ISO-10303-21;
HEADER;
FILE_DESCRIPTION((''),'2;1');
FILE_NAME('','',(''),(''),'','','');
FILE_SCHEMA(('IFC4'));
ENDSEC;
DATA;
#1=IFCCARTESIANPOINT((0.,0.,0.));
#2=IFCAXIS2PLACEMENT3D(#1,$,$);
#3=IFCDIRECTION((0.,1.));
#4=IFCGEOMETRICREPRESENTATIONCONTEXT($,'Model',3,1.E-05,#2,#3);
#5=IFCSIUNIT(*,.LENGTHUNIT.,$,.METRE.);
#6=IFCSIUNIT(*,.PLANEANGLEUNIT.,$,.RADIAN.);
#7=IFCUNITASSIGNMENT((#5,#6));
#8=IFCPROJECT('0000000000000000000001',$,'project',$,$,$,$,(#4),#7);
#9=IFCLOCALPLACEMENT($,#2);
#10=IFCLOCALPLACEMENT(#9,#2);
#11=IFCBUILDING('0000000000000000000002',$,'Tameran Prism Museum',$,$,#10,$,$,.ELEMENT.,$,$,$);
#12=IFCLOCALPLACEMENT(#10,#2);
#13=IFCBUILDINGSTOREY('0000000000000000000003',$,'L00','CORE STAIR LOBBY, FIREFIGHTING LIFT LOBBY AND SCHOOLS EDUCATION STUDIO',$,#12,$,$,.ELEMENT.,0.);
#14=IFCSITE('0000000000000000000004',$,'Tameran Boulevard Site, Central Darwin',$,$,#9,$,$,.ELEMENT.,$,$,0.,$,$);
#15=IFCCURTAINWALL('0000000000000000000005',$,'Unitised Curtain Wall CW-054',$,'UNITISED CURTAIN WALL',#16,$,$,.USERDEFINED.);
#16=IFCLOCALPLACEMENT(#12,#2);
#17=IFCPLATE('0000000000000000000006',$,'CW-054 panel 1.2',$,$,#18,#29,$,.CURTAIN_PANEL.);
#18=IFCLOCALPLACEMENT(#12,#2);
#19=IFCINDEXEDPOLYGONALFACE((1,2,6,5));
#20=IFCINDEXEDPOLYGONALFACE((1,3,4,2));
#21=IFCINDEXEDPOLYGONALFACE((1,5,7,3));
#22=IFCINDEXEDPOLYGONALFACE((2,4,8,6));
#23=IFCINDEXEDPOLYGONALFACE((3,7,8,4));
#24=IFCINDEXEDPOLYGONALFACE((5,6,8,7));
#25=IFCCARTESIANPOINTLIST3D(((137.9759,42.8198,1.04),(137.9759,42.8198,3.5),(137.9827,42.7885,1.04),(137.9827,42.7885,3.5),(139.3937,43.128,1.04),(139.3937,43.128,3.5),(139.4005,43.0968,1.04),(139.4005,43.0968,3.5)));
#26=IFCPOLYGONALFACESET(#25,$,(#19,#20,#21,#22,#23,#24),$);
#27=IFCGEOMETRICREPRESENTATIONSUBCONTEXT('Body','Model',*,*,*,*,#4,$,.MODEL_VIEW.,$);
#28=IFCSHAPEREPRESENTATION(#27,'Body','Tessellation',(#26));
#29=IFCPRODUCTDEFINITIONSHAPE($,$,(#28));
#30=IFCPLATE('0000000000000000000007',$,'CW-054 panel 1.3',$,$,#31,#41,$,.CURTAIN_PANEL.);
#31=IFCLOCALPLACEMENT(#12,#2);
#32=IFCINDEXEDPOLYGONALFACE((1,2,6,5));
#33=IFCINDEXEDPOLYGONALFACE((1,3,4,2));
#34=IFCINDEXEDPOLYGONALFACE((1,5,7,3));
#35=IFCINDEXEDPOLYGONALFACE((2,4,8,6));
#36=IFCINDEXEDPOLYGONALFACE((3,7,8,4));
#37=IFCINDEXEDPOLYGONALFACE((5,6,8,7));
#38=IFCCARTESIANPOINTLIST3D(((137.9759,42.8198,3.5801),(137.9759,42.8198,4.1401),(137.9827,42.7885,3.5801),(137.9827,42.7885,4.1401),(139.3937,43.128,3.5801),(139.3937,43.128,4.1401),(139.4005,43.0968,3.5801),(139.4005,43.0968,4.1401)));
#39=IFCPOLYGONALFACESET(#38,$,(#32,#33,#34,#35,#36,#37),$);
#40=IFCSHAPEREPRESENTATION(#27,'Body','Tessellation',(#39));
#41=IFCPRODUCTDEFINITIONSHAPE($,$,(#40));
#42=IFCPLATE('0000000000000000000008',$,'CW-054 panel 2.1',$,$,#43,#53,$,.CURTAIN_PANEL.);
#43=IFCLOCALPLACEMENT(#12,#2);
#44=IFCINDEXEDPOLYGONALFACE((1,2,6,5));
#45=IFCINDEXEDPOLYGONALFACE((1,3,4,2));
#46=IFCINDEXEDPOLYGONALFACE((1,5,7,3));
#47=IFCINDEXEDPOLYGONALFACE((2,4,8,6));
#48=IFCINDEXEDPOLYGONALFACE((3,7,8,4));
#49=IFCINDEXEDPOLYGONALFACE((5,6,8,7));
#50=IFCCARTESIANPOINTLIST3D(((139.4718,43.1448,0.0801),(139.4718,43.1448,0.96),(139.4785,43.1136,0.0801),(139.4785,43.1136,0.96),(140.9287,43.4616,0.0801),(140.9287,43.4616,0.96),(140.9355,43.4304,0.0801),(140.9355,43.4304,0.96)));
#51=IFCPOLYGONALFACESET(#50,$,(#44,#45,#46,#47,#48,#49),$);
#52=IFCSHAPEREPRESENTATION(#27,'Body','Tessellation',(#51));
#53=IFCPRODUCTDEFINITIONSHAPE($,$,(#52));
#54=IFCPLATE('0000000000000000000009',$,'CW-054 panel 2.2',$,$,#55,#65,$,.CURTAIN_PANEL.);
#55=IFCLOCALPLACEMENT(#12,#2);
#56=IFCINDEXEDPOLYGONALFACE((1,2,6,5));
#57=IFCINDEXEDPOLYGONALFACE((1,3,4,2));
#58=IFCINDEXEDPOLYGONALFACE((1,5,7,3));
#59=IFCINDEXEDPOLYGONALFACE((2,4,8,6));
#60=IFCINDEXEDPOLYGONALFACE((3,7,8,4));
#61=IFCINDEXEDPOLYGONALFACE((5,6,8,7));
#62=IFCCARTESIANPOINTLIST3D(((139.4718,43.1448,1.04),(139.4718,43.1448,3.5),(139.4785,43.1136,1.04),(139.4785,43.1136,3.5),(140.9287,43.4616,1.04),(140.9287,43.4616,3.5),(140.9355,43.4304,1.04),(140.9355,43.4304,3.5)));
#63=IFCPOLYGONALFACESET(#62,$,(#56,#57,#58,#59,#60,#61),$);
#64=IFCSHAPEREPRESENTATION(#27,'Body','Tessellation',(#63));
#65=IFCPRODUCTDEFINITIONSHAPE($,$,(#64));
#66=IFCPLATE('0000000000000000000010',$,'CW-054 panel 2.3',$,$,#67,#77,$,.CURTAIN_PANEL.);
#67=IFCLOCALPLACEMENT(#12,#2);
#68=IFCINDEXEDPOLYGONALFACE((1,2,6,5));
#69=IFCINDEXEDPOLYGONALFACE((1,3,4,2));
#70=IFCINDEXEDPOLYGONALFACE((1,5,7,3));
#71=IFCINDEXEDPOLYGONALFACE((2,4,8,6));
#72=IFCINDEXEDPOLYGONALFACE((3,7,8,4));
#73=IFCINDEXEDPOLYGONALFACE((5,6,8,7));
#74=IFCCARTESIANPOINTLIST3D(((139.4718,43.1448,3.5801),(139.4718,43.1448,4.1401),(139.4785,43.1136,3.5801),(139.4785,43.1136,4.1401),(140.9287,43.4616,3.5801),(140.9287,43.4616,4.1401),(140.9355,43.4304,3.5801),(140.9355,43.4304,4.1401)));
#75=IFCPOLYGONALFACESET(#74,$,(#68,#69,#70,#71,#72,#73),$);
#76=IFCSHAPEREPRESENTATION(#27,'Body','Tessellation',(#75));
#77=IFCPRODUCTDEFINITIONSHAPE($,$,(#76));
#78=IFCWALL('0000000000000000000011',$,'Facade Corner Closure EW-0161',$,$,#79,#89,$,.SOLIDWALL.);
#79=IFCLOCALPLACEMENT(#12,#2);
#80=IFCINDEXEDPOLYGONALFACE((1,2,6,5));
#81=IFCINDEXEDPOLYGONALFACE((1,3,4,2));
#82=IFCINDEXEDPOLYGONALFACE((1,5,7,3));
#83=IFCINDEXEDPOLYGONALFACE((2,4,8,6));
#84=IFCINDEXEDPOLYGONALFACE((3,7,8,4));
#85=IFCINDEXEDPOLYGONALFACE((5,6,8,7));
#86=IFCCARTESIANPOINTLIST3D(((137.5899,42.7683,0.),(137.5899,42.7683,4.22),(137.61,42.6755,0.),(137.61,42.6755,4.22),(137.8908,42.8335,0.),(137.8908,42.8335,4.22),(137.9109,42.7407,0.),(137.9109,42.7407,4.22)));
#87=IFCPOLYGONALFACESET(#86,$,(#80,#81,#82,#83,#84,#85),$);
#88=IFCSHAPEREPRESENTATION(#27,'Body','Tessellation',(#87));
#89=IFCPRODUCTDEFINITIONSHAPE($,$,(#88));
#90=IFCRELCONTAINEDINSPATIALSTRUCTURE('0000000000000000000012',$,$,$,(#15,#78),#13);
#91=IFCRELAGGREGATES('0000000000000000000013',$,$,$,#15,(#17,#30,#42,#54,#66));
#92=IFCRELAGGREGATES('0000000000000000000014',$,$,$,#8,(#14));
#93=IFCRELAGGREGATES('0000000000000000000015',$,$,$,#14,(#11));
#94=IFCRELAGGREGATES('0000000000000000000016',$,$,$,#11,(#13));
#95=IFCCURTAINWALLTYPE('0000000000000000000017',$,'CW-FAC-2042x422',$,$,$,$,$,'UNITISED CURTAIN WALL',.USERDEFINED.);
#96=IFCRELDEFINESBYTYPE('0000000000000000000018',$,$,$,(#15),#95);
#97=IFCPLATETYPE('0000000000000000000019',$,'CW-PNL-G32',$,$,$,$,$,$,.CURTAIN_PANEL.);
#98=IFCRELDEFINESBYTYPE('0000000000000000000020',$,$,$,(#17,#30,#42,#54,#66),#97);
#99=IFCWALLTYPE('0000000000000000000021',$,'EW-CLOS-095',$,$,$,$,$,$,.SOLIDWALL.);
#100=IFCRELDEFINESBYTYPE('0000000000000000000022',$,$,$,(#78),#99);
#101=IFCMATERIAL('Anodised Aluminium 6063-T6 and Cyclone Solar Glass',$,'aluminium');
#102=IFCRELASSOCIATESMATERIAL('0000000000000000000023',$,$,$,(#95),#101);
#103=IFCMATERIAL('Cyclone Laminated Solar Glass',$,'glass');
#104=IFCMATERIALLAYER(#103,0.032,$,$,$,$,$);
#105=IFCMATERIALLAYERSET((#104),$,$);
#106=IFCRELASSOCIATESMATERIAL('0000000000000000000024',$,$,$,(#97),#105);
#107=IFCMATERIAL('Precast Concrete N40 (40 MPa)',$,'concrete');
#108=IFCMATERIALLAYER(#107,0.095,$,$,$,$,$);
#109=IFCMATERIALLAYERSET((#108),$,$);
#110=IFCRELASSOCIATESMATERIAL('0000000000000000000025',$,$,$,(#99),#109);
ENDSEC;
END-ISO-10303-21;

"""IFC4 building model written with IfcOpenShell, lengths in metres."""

from ifc_helpers import new_model, si_unit, direction, frame, frame_2d, origin, origin_2d, place, context, subcontext, project, spatial, rectangle, extrude, material, layer, layer_set, type_object, element, aggregate, save


model = new_model("IFC4")

# Units and contexts
model_context = context("Model", 3, precision=1e-05, world=origin(), true_north=direction((0.0, 1.0)))
body_context = subcontext(model_context, "Body", "Model", "MODEL_VIEW")
ifc_project = project(units=[si_unit("LENGTHUNIT", "METRE"), si_unit("PLANEANGLEUNIT", "RADIAN")], contexts=[model_context])

# Site, building, storey
site_placement = place(None, origin())
site = spatial("IfcSite", under=ifc_project, at=site_placement, Name="Tameran Boulevard Site, Central Darwin", CompositionType="ELEMENT", RefElevation=0.0)
building_placement = place(site_placement, origin())
building = spatial("IfcBuilding", under=site, at=building_placement, Name="Tameran Prism Museum", CompositionType="ELEMENT")
storey_placement = place(building_placement, origin())
storey = spatial("IfcBuildingStorey", under=building, at=storey_placement, Name="L00", Description="CORE STAIR LOBBY, FIREFIGHTING LIFT LOBBY AND SCHOOLS EDUCATION STUDIO", CompositionType="ELEMENT", Elevation=0.0)

# Curtain wall, plates
ifc_material_1 = material(Name="Anodised Aluminium 6063-T6 and Cyclone Solar Glass", Category="aluminium")
curtain_wall_type = type_object("IfcCurtainWallType", Name="CW-FAC-2042x422", ElementType="UNITISED CURTAIN WALL", PredefinedType="USERDEFINED", material=ifc_material_1)
curtain_wall_placement = place(storey_placement, origin())
curtain_wall = element("IfcCurtainWall", 1, at=curtain_wall_placement, inside=storey, type_object=curtain_wall_type, Name="Unitised Curtain Wall CW-054", ObjectType="UNITISED CURTAIN WALL", PredefinedType="USERDEFINED")
ifc_material_2 = material(Name="Cyclone Laminated Solar Glass", Category="glass")
ifc_layer_1 = layer(ifc_material_2, 0.032)
ifc_layer_set_1 = layer_set([ifc_layer_1])
plate_type = type_object("IfcPlateType", Name="CW-PNL-G32", PredefinedType="CURTAIN_PANEL", material=ifc_layer_set_1)
plate_1_placement = place(storey_placement, frame((138.6882, 42.9583, 1.04), z_axis=(0.0, 0.0, 1.0), x_axis=(0.977171, 0.212454, 0.0)))
plate_1 = element("IfcPlate", 2, at=plate_1_placement, type_object=plate_type, Name="CW-054 panel 1.2", PredefinedType="CURTAIN_PANEL", context=body_context, shape_type="SweptSolid", body=[
    extrude(rectangle(XDim=1.4509, YDim=0.032, at=origin_2d()), origin(), (0.0, 0.0, 1.0), 2.46),
])
plate_2_placement = place(storey_placement, frame((138.6882, 42.9583, 3.5801), z_axis=(0.0, 0.0, 1.0), x_axis=(0.977171, 0.212454, 0.0)))
plate_2 = element("IfcPlate", 3, at=plate_2_placement, type_object=plate_type, Name="CW-054 panel 1.3", PredefinedType="CURTAIN_PANEL", context=body_context, shape_type="SweptSolid", body=[
    extrude(rectangle(XDim=1.4509, YDim=0.032, at=origin_2d()), origin(), (0.0, 0.0, 1.0), 0.5601),
])
plate_3_placement = place(storey_placement, frame((140.2036, 43.2876, 0.0801), z_axis=(0.0, 0.0, 1.0), x_axis=(0.977171, 0.212454, 0.0)))
plate_3 = element("IfcPlate", 4, at=plate_3_placement, type_object=plate_type, Name="CW-054 panel 2.1", PredefinedType="CURTAIN_PANEL", context=body_context, shape_type="SweptSolid", body=[
    extrude(rectangle(XDim=1.491, YDim=0.032, at=origin_2d()), origin(), (0.0, 0.0, 1.0), 0.8799),
])
plate_4_placement = place(storey_placement, frame((140.2036, 43.2876, 1.04), z_axis=(0.0, 0.0, 1.0), x_axis=(0.977171, 0.212454, 0.0)))
plate_4 = element("IfcPlate", 5, at=plate_4_placement, type_object=plate_type, Name="CW-054 panel 2.2", PredefinedType="CURTAIN_PANEL", context=body_context, shape_type="SweptSolid", body=[
    extrude(rectangle(XDim=1.491, YDim=0.032, at=origin_2d()), origin(), (0.0, 0.0, 1.0), 2.46),
])
plate_5_placement = place(storey_placement, frame((140.2036, 43.2876, 3.5801), z_axis=(0.0, 0.0, 1.0), x_axis=(0.977171, 0.212454, 0.0)))
plate_5 = element("IfcPlate", 6, at=plate_5_placement, type_object=plate_type, Name="CW-054 panel 2.3", PredefinedType="CURTAIN_PANEL", context=body_context, shape_type="SweptSolid", body=[
    extrude(rectangle(XDim=1.491, YDim=0.032, at=origin_2d()), origin(), (0.0, 0.0, 1.0), 0.5601),
])
aggregate(curtain_wall, [plate_1, plate_2, plate_3, plate_4, plate_5])

# Wall
ifc_material_3 = material(Name="Precast Concrete N40 (40 MPa)", Category="concrete")
ifc_layer_2 = layer(ifc_material_3, 0.095)
ifc_layer_set_2 = layer_set([ifc_layer_2])
wall_type = type_object("IfcWallType", Name="EW-CLOS-095", PredefinedType="SOLIDWALL", material=ifc_layer_set_2)
wall_placement = place(storey_placement, frame((137.6001, 42.7219, 0.0), z_axis=(0.0, 0.0, 1.0), x_axis=(0.977312, 0.211804, 0.0)))
element("IfcWall", 7, at=wall_placement, inside=storey, type_object=wall_type, Name="Facade Corner Closure EW-0161", PredefinedType="SOLIDWALL", context=body_context, shape_type="SweptSolid", body=[
    extrude(rectangle(XDim=0.3079, YDim=0.095, at=frame_2d((0.1538, 0.0))), origin(), (0.0, 0.0, 1.0), 4.22),
])

save(model, "model.ifc")
